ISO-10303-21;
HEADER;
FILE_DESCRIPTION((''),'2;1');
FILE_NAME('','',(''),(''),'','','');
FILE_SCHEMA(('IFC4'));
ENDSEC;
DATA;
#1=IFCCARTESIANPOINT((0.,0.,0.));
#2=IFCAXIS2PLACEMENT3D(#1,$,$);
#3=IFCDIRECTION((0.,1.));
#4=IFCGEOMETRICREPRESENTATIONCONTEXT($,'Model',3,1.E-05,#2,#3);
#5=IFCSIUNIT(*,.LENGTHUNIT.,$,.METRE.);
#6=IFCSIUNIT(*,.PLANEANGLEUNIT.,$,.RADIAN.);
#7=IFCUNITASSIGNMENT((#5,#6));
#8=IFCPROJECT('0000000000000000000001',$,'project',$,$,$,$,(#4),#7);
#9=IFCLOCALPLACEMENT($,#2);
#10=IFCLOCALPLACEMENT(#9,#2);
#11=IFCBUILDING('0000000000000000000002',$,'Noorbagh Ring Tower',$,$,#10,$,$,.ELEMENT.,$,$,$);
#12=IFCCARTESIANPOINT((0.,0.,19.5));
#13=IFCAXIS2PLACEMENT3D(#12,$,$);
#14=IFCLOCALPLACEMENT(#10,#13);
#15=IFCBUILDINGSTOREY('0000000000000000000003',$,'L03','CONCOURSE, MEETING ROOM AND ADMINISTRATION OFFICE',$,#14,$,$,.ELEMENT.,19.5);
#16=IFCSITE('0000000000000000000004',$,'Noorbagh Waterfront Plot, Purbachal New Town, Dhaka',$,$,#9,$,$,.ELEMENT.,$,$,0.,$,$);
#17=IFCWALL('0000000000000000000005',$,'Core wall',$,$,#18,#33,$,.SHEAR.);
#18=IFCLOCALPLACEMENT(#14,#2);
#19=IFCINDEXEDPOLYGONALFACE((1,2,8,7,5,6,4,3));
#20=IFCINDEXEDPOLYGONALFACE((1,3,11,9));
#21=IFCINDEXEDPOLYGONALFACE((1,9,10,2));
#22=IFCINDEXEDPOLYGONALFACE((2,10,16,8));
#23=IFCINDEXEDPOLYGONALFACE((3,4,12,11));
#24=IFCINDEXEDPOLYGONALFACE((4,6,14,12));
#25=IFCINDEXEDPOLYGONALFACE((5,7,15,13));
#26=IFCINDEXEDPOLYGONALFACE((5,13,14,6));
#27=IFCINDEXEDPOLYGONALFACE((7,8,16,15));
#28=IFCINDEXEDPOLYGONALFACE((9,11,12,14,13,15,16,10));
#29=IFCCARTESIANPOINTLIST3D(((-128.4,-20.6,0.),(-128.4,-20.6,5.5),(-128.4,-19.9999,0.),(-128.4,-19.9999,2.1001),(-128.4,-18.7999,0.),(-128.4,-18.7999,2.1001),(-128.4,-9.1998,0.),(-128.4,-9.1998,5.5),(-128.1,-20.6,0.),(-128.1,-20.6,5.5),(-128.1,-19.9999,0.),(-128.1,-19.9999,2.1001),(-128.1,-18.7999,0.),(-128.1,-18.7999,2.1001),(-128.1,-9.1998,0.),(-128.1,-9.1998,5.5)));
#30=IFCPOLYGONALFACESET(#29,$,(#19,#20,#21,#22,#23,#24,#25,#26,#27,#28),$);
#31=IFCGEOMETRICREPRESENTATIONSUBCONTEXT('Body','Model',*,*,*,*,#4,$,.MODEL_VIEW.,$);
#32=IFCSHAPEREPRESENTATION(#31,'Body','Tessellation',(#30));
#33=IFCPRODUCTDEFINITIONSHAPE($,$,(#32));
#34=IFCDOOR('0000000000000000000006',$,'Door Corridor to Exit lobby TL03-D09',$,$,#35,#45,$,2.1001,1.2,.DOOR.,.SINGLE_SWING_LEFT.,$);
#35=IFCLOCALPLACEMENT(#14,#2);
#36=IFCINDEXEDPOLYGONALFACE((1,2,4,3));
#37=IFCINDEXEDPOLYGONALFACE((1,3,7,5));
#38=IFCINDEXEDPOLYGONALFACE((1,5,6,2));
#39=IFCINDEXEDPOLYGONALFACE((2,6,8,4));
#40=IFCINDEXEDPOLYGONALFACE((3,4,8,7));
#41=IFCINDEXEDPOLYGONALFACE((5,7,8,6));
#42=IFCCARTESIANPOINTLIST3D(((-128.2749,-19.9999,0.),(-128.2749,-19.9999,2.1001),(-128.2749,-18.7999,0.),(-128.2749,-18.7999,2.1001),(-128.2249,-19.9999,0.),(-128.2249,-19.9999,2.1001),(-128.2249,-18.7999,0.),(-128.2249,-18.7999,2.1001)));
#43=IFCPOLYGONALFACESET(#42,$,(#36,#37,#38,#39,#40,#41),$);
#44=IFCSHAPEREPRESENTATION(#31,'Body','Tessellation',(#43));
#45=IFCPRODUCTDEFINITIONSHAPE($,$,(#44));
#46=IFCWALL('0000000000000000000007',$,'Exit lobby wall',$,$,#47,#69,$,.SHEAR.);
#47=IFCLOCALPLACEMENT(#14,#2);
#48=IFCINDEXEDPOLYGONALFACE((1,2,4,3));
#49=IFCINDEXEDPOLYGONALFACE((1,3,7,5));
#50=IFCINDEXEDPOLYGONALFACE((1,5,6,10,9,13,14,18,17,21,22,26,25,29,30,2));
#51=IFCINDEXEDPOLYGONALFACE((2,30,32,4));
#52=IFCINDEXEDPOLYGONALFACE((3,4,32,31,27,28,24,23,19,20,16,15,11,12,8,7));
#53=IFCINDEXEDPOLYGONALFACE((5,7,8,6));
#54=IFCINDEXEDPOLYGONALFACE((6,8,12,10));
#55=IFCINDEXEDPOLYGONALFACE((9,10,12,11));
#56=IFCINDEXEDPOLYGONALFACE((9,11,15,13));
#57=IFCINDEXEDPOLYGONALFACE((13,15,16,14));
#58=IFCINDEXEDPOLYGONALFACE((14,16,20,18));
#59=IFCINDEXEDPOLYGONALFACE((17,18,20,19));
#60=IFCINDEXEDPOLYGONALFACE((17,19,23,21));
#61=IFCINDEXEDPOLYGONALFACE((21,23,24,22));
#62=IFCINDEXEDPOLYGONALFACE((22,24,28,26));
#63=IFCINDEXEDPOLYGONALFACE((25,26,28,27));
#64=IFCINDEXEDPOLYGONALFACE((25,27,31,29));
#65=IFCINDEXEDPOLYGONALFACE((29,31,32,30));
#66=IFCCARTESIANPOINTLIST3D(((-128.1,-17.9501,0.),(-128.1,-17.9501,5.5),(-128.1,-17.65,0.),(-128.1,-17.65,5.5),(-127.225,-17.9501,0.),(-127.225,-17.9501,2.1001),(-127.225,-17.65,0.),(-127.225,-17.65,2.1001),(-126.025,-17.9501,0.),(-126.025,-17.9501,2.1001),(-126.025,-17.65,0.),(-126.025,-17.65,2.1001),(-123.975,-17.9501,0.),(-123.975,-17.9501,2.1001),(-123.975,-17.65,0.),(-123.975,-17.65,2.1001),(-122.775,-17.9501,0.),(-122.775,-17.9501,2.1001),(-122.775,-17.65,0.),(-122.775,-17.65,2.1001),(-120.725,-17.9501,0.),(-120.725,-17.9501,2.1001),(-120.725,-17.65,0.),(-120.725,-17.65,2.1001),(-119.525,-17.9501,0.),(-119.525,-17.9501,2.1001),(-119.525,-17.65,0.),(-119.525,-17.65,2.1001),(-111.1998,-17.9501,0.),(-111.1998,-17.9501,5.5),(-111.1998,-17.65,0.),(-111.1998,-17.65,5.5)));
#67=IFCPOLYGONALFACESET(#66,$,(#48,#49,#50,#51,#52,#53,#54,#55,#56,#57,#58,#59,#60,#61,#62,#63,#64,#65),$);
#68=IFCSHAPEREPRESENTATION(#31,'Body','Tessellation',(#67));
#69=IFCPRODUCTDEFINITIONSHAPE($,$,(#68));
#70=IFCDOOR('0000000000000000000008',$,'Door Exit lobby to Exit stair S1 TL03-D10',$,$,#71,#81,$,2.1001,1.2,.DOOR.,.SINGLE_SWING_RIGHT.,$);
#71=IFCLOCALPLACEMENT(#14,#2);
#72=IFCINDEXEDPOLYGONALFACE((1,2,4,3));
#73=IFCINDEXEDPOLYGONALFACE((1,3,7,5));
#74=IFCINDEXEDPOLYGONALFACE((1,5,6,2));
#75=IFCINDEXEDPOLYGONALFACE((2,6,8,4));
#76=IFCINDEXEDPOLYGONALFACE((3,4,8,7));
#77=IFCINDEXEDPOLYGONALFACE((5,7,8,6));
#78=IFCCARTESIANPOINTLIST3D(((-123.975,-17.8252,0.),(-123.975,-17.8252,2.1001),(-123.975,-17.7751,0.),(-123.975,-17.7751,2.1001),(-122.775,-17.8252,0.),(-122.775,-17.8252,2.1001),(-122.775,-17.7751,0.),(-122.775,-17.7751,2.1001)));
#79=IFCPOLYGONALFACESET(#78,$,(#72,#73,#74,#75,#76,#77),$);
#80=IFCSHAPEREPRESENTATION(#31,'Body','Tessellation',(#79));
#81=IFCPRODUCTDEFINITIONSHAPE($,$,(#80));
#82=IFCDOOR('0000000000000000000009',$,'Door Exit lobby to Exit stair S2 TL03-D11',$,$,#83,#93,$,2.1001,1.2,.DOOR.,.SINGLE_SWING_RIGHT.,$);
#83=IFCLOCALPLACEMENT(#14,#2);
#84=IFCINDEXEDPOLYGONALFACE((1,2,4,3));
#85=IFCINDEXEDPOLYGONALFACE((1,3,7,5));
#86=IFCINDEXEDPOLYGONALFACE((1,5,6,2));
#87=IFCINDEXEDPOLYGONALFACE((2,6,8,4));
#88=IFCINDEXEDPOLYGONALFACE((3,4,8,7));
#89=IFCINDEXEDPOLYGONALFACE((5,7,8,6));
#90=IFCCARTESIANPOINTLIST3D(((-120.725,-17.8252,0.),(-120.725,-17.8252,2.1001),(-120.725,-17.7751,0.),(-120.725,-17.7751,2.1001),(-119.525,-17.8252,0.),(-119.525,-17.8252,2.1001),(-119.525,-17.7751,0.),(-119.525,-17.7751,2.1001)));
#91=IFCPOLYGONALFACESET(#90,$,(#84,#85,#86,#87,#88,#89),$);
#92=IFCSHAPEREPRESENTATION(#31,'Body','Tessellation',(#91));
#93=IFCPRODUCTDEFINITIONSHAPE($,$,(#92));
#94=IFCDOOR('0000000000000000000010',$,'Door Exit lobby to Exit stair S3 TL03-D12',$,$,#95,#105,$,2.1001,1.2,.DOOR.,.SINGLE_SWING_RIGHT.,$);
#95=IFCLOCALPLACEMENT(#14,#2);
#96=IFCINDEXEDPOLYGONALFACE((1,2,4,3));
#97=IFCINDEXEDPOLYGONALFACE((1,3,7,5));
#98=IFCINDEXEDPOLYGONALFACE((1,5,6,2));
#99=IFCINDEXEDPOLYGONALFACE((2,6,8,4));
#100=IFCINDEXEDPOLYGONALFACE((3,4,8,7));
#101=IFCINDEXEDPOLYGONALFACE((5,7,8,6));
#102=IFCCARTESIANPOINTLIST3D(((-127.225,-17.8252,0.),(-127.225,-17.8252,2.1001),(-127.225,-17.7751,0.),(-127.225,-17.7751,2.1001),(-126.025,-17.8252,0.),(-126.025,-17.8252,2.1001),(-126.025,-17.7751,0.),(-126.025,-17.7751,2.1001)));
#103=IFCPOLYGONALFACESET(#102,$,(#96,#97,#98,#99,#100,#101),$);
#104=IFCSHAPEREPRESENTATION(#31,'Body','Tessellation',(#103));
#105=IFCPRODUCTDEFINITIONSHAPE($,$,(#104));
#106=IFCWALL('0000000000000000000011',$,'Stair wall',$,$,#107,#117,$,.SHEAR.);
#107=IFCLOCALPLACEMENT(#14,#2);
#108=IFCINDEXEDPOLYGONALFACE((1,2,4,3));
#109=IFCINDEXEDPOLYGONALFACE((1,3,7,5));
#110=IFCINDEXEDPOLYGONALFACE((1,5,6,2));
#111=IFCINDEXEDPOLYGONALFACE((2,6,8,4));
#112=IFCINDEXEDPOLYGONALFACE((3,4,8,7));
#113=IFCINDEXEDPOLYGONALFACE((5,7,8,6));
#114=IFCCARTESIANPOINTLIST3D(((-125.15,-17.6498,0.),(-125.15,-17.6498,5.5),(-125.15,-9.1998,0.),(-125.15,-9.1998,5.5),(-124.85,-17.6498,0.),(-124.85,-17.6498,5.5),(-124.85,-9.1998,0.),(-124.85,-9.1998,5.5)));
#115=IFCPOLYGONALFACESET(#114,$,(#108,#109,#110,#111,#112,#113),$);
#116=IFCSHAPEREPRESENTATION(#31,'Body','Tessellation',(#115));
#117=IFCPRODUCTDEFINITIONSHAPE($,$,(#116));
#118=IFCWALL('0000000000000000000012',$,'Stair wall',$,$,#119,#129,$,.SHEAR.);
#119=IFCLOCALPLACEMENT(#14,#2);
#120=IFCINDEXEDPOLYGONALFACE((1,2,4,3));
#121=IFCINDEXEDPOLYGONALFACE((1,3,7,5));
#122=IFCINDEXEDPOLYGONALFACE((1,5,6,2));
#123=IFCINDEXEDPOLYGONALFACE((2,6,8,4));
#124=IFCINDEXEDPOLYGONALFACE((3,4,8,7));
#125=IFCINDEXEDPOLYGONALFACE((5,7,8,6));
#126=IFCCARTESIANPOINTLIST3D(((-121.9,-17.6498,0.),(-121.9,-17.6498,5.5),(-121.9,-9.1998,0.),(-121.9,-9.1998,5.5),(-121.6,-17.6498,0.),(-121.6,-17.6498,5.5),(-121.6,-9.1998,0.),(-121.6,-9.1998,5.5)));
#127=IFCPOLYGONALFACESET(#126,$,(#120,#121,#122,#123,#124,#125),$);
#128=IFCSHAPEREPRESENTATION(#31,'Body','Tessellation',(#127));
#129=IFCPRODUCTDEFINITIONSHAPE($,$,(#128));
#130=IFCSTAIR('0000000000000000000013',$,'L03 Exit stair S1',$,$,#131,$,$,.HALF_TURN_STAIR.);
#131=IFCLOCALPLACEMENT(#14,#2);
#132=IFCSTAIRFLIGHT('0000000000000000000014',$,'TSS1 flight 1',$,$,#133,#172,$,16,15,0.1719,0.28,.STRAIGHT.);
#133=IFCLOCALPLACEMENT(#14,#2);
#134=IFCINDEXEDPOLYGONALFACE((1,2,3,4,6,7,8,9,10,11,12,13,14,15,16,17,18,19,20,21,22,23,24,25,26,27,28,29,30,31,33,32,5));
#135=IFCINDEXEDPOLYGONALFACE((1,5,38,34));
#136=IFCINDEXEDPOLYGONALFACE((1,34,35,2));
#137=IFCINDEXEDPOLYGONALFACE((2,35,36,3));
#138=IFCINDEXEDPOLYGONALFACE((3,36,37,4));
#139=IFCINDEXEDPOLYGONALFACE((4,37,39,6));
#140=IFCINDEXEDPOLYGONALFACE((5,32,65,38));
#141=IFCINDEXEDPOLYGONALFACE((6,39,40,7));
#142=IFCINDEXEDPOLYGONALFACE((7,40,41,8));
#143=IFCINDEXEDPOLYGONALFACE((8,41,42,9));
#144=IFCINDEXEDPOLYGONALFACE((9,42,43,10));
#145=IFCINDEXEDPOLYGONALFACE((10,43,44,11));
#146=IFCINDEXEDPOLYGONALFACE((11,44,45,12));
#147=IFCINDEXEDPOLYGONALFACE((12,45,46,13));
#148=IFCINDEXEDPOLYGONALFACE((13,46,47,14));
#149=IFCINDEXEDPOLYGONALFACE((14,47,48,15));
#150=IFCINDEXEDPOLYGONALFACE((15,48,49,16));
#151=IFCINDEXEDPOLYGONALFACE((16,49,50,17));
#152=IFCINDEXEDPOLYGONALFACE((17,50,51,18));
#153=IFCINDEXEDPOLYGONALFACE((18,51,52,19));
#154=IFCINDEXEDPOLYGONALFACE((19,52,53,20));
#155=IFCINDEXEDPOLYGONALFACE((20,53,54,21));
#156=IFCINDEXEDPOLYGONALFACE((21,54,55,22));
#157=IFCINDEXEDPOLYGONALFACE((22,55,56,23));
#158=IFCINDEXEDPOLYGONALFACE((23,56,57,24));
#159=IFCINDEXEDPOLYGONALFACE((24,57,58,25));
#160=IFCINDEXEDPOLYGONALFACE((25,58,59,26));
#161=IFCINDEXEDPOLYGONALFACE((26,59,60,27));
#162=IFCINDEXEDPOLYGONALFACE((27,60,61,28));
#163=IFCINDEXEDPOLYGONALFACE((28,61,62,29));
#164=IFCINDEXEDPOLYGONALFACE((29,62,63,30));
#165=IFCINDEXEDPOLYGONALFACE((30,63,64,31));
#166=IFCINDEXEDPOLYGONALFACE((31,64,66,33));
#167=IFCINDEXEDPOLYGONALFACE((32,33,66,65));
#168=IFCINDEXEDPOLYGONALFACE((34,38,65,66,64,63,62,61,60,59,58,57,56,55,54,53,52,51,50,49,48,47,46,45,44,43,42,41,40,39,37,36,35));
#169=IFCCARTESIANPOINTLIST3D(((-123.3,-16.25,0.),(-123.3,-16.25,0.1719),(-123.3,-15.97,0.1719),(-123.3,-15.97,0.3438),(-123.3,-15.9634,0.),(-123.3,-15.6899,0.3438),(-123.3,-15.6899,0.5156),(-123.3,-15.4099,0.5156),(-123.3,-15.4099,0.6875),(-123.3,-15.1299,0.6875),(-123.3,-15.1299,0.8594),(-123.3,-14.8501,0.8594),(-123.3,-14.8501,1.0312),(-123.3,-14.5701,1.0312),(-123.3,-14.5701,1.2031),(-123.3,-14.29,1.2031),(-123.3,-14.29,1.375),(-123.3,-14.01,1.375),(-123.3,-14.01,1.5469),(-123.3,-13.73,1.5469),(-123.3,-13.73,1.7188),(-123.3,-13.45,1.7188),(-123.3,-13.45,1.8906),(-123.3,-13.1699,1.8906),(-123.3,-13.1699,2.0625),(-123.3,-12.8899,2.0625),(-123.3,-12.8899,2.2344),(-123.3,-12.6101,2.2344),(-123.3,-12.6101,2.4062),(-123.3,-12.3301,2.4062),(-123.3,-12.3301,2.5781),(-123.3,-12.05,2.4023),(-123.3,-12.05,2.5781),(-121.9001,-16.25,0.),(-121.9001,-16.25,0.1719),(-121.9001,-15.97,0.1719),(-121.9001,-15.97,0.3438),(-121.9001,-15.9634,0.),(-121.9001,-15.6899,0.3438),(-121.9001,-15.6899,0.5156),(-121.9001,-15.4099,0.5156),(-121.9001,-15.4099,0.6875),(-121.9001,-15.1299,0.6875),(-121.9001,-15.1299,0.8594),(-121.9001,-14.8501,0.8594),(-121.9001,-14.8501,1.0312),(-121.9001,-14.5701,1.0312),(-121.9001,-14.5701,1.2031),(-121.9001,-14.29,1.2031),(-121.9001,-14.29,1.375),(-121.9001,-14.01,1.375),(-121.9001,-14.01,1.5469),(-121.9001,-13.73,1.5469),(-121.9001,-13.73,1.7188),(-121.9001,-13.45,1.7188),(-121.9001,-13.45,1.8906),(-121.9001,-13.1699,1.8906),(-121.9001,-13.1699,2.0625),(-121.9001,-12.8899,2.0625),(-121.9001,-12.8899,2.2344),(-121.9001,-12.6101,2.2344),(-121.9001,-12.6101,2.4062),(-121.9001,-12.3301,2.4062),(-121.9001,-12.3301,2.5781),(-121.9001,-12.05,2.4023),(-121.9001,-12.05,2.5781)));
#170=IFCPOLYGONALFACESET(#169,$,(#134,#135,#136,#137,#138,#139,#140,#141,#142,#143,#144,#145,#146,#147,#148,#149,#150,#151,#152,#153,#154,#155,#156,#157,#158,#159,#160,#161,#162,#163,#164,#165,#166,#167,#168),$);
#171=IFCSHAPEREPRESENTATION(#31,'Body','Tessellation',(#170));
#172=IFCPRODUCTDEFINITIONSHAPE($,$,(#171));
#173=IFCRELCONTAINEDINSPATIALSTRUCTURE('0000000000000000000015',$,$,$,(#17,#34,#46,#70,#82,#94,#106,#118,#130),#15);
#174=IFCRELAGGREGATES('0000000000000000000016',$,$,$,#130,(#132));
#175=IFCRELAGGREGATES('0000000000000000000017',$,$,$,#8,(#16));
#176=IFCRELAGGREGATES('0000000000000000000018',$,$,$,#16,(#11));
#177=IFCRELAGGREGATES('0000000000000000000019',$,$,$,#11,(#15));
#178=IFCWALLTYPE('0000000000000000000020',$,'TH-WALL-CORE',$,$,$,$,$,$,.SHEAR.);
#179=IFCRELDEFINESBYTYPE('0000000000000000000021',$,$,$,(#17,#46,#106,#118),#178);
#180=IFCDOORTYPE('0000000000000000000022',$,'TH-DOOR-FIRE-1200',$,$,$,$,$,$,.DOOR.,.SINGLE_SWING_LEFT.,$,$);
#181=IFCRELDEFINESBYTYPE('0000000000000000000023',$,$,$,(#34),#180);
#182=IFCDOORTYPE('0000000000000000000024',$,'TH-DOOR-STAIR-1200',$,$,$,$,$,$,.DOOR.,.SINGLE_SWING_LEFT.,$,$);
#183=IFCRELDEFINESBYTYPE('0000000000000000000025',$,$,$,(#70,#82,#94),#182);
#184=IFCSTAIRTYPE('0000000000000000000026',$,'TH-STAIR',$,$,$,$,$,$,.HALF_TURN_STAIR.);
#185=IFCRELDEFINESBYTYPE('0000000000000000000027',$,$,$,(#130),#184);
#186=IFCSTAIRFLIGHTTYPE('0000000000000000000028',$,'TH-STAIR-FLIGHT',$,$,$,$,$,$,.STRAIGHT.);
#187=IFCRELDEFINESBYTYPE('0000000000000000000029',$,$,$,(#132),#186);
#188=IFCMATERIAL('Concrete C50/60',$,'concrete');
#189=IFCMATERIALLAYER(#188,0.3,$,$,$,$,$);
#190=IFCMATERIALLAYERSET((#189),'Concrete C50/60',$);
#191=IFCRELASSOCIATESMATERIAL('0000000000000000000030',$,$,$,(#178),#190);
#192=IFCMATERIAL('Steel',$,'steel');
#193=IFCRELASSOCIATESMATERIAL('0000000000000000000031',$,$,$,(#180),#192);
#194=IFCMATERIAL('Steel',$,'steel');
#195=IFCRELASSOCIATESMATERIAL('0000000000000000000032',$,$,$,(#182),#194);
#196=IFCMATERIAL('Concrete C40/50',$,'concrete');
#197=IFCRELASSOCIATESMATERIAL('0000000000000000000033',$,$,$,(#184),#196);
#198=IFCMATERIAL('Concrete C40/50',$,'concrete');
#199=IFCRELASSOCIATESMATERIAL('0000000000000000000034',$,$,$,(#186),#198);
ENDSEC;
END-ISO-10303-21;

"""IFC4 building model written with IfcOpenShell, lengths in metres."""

from ifc_helpers import new_model, si_unit, direction, frame, frame_2d, origin, place, context, subcontext, project, spatial, polyline, rectangle, outline, extrude, material, layer, layer_set, type_object, element, fill, aggregate, save


model = new_model("IFC4")

# Units and contexts
model_context = context("Model", 3, precision=1e-05, world=origin(), true_north=direction((0.0, 1.0)))
body_context = subcontext(model_context, "Body", "Model", "MODEL_VIEW")
ifc_project = project(units=[si_unit("LENGTHUNIT", "METRE"), si_unit("PLANEANGLEUNIT", "RADIAN")], contexts=[model_context])

# Site, building, storey
site_placement = place(None, origin())
site = spatial("IfcSite", under=ifc_project, at=site_placement, Name="Noorbagh Waterfront Plot, Purbachal New Town, Dhaka", CompositionType="ELEMENT", RefElevation=0.0)
building_placement = place(site_placement, origin())
building = spatial("IfcBuilding", under=site, at=building_placement, Name="Noorbagh Ring Tower", CompositionType="ELEMENT")
storey_placement = place(building_placement, frame((0.0, 0.0, 19.5)))
storey = spatial("IfcBuildingStorey", under=building, at=storey_placement, Name="L03", Description="CONCOURSE, MEETING ROOM AND ADMINISTRATION OFFICE", CompositionType="ELEMENT", Elevation=19.5)

# Wall, opening, door
ifc_material_1 = material(Name="Concrete C50/60", Category="concrete")
ifc_layer_1 = layer(ifc_material_1, 0.3)
ifc_layer_set_1 = layer_set([ifc_layer_1], Name="Concrete C50/60")
wall_type = type_object("IfcWallType", Name="TH-WALL-CORE", PredefinedType="SHEAR", material=ifc_layer_set_1)
wall_1_placement = place(storey_placement, frame((-128.25, -20.6001, 0.0), z_axis=(0.0, 0.0, 1.0), x_axis=(0.0, 1.0, 0.0)))
wall_1 = element("IfcWall", 1, at=wall_1_placement, inside=storey, type_object=wall_type, Name="Core wall", PredefinedType="SHEAR", context=body_context, shape_type="SweptSolid", body=[
    extrude(rectangle(XDim=11.4001, YDim=0.3, at=frame_2d((5.7002, 0.0))), origin(), (0.0, 0.0, 1.0), 5.5),
])
opening_1_placement = place(wall_1_placement, frame((0.6001, 0.0, 0.0)))
opening_1 = element("IfcOpeningElement", 2, at=opening_1_placement, cuts=wall_1, PredefinedType="OPENING", context=body_context, shape_type="SweptSolid", body=[
    extrude(rectangle(XDim=1.2, YDim=2.1001, at=frame_2d((0.6001, 1.05))), frame((0.0, 0.1602, 0.0), z_axis=(0.0, -1.0, 0.0), x_axis=(1.0, 0.0, 0.0)), (0.0, 0.0, 1.0), 0.3201),
])
ifc_material_2 = material(Name="Steel", Category="steel")
door_type_1 = type_object("IfcDoorType", Name="TH-DOOR-FIRE-1200", OperationType="SINGLE_SWING_LEFT", PredefinedType="DOOR", material=ifc_material_2)
door_1_placement = place(opening_1_placement, origin())
door_1 = element("IfcDoor", 3, at=door_1_placement, inside=storey, type_object=door_type_1, Name="Door Corridor to Exit lobby TL03-D09", OperationType="SINGLE_SWING_LEFT", OverallHeight=2.1001, OverallWidth=1.2, PredefinedType="DOOR", context=body_context, shape_type="SweptSolid", body=[
    extrude(rectangle(XDim=1.2, YDim=2.1001, at=frame_2d((0.6001, 1.05))), frame((0.0, 0.0249, 0.0), z_axis=(0.0, -1.0, 0.0), x_axis=(1.0, 0.0, 0.0)), (0.0, 0.0, 1.0), 0.05),
])
fill(opening_1, door_1)

# Wall, openings, doors
wall_2_placement = place(storey_placement, frame((-128.1001, -17.8, 0.0), z_axis=(0.0, 0.0, 1.0), x_axis=(1.0, 0.0, 0.0)))
wall_2 = element("IfcWall", 4, at=wall_2_placement, inside=storey, type_object=wall_type, Name="Exit lobby wall", PredefinedType="SHEAR", context=body_context, shape_type="SweptSolid", body=[
    extrude(rectangle(XDim=16.9001, YDim=0.3, at=frame_2d((8.4502, 0.0))), origin(), (0.0, 0.0, 1.0), 5.5),
])
opening_2_placement = place(wall_2_placement, frame((4.125, 0.0, 0.0)))
opening_2 = element("IfcOpeningElement", 5, at=opening_2_placement, cuts=wall_2, PredefinedType="OPENING", context=body_context, shape_type="SweptSolid", body=[
    extrude(rectangle(XDim=1.2, YDim=2.1001, at=frame_2d((0.6001, 1.05))), frame((0.0, 0.1602, 0.0), z_axis=(0.0, -1.0, 0.0), x_axis=(1.0, 0.0, 0.0)), (0.0, 0.0, 1.0), 0.3201),
])
opening_3_placement = place(wall_2_placement, frame((7.375, 0.0, 0.0)))
opening_3 = element("IfcOpeningElement", 6, at=opening_3_placement, cuts=wall_2, PredefinedType="OPENING", context=body_context, shape_type="SweptSolid", body=[
    extrude(rectangle(XDim=1.2, YDim=2.1001, at=frame_2d((0.6001, 1.05))), frame((0.0, 0.1602, 0.0), z_axis=(0.0, -1.0, 0.0), x_axis=(1.0, 0.0, 0.0)), (0.0, 0.0, 1.0), 0.3201),
])
opening_4_placement = place(wall_2_placement, frame((0.875, 0.0, 0.0)))
opening_4 = element("IfcOpeningElement", 7, at=opening_4_placement, cuts=wall_2, PredefinedType="OPENING", context=body_context, shape_type="SweptSolid", body=[
    extrude(rectangle(XDim=1.2, YDim=2.1001, at=frame_2d((0.6001, 1.05))), frame((0.0, 0.1602, 0.0), z_axis=(0.0, -1.0, 0.0), x_axis=(1.0, 0.0, 0.0)), (0.0, 0.0, 1.0), 0.3201),
])
ifc_material_3 = material(Name="Steel", Category="steel")
door_type_2 = type_object("IfcDoorType", Name="TH-DOOR-STAIR-1200", OperationType="SINGLE_SWING_LEFT", PredefinedType="DOOR", material=ifc_material_3)
door_2_placement = place(opening_2_placement, origin())
door_2 = element("IfcDoor", 8, at=door_2_placement, inside=storey, type_object=door_type_2, Name="Door Exit lobby to Exit stair S1 TL03-D10", OperationType="SINGLE_SWING_RIGHT", OverallHeight=2.1001, OverallWidth=1.2, PredefinedType="DOOR", context=body_context, shape_type="SweptSolid", body=[
    extrude(rectangle(XDim=1.2, YDim=2.1001, at=frame_2d((0.6001, 1.05))), frame((0.0, 0.0249, 0.0), z_axis=(0.0, -1.0, 0.0), x_axis=(1.0, 0.0, 0.0)), (0.0, 0.0, 1.0), 0.05),
])
fill(opening_2, door_2)
door_3_placement = place(opening_3_placement, origin())
door_3 = element("IfcDoor", 9, at=door_3_placement, inside=storey, type_object=door_type_2, Name="Door Exit lobby to Exit stair S2 TL03-D11", OperationType="SINGLE_SWING_RIGHT", OverallHeight=2.1001, OverallWidth=1.2, PredefinedType="DOOR", context=body_context, shape_type="SweptSolid", body=[
    extrude(rectangle(XDim=1.2, YDim=2.1001, at=frame_2d((0.6001, 1.05))), frame((0.0, 0.0249, 0.0), z_axis=(0.0, -1.0, 0.0), x_axis=(1.0, 0.0, 0.0)), (0.0, 0.0, 1.0), 0.05),
])
fill(opening_3, door_3)
door_4_placement = place(opening_4_placement, origin())
door_4 = element("IfcDoor", 10, at=door_4_placement, inside=storey, type_object=door_type_2, Name="Door Exit lobby to Exit stair S3 TL03-D12", OperationType="SINGLE_SWING_RIGHT", OverallHeight=2.1001, OverallWidth=1.2, PredefinedType="DOOR", context=body_context, shape_type="SweptSolid", body=[
    extrude(rectangle(XDim=1.2, YDim=2.1001, at=frame_2d((0.6001, 1.05))), frame((0.0, 0.0249, 0.0), z_axis=(0.0, -1.0, 0.0), x_axis=(1.0, 0.0, 0.0)), (0.0, 0.0, 1.0), 0.05),
])
fill(opening_4, door_4)

# Walls
for number, where, z_axis, x_axis, name in (
    (11, (-125.0, -17.6499, 0.0), (0.0, 0.0, 1.0), (0.0, 1.0, 0.0), "Stair wall"),
    (12, (-121.75, -17.6499, 0.0), (0.0, 0.0, 1.0), (0.0, 1.0, 0.0), "Stair wall"),
):
    element("IfcWall", number, at=place(storey_placement, frame(where, z_axis=z_axis, x_axis=x_axis)), inside=storey, type_object=wall_type, Name=name, PredefinedType="SHEAR", context=body_context, shape_type="SweptSolid", body=[
        extrude(rectangle(XDim=8.45, YDim=0.3, at=frame_2d((4.2251, 0.0))), origin(), (0.0, 0.0, 1.0), 5.5),
    ])

# Stair, stair flight
ifc_material_4 = material(Name="Concrete C40/50", Category="concrete")
stair_type = type_object("IfcStairType", Name="TH-STAIR", PredefinedType="HALF_TURN_STAIR", material=ifc_material_4)
stair_1_placement = place(storey_placement, origin())
stair_1 = element("IfcStair", 13, at=stair_1_placement, inside=storey, type_object=stair_type, Name="L03 Exit stair S1", PredefinedType="HALF_TURN_STAIR")
ifc_material_5 = material(Name="Concrete C40/50", Category="concrete")
stair_flight_type = type_object("IfcStairFlightType", Name="TH-STAIR-FLIGHT", PredefinedType="STRAIGHT", material=ifc_material_5)
stair_flight_1_placement = place(storey_placement, frame((-122.6001, -16.25, 0.0), z_axis=(0.0, 0.0, 1.0), x_axis=(0.0, 1.0, 0.0)))
stair_flight_1 = element("IfcStairFlight", 14, at=stair_flight_1_placement, type_object=stair_flight_type, Name="TSS1 flight 1", NumberOfRisers=16, NumberOfTreads=15, PredefinedType="STRAIGHT", RiserHeight=0.1719, TreadLength=0.28, context=body_context, shape_type="SweptSolid", body=[
    extrude(outline(polyline([(0.0, 0.0), (0.0, 0.1719), (0.28, 0.1719), (0.28, 0.3438), (0.5601, 0.3438), (0.5601, 0.5156), (0.8401, 0.5156), (0.8401, 0.6875), (1.1201, 0.6875), (1.1201, 0.8594), (1.3999, 0.8594), (1.3999, 1.0312), (1.6799, 1.0312), (1.6799, 1.2031), (1.96, 1.2031), (1.96, 1.375), (2.24, 1.375), (2.24, 1.5469), (2.52, 1.5469), (2.52, 1.7188), (2.8, 1.7188), (2.8, 1.8906), (3.0801, 1.8906), (3.0801, 2.0625), (3.3601, 2.0625), (3.3601, 2.2344), (3.6399, 2.2344), (3.6399, 2.4062), (3.9199, 2.4062), (3.9199, 2.5781), (4.2, 2.5781), (4.2, 2.75), (4.2, 2.4023), (0.2866, 0.0), (0.0, 0.0)])), frame((0.0, 0.7, 0.0), z_axis=(0.0, -1.0, 0.0), x_axis=(1.0, 0.0, 0.0)), (0.0, 0.0, 1.0), 1.3999),
])
aggregate(stair_1, [stair_flight_1])

save(model, "model.ifc")
